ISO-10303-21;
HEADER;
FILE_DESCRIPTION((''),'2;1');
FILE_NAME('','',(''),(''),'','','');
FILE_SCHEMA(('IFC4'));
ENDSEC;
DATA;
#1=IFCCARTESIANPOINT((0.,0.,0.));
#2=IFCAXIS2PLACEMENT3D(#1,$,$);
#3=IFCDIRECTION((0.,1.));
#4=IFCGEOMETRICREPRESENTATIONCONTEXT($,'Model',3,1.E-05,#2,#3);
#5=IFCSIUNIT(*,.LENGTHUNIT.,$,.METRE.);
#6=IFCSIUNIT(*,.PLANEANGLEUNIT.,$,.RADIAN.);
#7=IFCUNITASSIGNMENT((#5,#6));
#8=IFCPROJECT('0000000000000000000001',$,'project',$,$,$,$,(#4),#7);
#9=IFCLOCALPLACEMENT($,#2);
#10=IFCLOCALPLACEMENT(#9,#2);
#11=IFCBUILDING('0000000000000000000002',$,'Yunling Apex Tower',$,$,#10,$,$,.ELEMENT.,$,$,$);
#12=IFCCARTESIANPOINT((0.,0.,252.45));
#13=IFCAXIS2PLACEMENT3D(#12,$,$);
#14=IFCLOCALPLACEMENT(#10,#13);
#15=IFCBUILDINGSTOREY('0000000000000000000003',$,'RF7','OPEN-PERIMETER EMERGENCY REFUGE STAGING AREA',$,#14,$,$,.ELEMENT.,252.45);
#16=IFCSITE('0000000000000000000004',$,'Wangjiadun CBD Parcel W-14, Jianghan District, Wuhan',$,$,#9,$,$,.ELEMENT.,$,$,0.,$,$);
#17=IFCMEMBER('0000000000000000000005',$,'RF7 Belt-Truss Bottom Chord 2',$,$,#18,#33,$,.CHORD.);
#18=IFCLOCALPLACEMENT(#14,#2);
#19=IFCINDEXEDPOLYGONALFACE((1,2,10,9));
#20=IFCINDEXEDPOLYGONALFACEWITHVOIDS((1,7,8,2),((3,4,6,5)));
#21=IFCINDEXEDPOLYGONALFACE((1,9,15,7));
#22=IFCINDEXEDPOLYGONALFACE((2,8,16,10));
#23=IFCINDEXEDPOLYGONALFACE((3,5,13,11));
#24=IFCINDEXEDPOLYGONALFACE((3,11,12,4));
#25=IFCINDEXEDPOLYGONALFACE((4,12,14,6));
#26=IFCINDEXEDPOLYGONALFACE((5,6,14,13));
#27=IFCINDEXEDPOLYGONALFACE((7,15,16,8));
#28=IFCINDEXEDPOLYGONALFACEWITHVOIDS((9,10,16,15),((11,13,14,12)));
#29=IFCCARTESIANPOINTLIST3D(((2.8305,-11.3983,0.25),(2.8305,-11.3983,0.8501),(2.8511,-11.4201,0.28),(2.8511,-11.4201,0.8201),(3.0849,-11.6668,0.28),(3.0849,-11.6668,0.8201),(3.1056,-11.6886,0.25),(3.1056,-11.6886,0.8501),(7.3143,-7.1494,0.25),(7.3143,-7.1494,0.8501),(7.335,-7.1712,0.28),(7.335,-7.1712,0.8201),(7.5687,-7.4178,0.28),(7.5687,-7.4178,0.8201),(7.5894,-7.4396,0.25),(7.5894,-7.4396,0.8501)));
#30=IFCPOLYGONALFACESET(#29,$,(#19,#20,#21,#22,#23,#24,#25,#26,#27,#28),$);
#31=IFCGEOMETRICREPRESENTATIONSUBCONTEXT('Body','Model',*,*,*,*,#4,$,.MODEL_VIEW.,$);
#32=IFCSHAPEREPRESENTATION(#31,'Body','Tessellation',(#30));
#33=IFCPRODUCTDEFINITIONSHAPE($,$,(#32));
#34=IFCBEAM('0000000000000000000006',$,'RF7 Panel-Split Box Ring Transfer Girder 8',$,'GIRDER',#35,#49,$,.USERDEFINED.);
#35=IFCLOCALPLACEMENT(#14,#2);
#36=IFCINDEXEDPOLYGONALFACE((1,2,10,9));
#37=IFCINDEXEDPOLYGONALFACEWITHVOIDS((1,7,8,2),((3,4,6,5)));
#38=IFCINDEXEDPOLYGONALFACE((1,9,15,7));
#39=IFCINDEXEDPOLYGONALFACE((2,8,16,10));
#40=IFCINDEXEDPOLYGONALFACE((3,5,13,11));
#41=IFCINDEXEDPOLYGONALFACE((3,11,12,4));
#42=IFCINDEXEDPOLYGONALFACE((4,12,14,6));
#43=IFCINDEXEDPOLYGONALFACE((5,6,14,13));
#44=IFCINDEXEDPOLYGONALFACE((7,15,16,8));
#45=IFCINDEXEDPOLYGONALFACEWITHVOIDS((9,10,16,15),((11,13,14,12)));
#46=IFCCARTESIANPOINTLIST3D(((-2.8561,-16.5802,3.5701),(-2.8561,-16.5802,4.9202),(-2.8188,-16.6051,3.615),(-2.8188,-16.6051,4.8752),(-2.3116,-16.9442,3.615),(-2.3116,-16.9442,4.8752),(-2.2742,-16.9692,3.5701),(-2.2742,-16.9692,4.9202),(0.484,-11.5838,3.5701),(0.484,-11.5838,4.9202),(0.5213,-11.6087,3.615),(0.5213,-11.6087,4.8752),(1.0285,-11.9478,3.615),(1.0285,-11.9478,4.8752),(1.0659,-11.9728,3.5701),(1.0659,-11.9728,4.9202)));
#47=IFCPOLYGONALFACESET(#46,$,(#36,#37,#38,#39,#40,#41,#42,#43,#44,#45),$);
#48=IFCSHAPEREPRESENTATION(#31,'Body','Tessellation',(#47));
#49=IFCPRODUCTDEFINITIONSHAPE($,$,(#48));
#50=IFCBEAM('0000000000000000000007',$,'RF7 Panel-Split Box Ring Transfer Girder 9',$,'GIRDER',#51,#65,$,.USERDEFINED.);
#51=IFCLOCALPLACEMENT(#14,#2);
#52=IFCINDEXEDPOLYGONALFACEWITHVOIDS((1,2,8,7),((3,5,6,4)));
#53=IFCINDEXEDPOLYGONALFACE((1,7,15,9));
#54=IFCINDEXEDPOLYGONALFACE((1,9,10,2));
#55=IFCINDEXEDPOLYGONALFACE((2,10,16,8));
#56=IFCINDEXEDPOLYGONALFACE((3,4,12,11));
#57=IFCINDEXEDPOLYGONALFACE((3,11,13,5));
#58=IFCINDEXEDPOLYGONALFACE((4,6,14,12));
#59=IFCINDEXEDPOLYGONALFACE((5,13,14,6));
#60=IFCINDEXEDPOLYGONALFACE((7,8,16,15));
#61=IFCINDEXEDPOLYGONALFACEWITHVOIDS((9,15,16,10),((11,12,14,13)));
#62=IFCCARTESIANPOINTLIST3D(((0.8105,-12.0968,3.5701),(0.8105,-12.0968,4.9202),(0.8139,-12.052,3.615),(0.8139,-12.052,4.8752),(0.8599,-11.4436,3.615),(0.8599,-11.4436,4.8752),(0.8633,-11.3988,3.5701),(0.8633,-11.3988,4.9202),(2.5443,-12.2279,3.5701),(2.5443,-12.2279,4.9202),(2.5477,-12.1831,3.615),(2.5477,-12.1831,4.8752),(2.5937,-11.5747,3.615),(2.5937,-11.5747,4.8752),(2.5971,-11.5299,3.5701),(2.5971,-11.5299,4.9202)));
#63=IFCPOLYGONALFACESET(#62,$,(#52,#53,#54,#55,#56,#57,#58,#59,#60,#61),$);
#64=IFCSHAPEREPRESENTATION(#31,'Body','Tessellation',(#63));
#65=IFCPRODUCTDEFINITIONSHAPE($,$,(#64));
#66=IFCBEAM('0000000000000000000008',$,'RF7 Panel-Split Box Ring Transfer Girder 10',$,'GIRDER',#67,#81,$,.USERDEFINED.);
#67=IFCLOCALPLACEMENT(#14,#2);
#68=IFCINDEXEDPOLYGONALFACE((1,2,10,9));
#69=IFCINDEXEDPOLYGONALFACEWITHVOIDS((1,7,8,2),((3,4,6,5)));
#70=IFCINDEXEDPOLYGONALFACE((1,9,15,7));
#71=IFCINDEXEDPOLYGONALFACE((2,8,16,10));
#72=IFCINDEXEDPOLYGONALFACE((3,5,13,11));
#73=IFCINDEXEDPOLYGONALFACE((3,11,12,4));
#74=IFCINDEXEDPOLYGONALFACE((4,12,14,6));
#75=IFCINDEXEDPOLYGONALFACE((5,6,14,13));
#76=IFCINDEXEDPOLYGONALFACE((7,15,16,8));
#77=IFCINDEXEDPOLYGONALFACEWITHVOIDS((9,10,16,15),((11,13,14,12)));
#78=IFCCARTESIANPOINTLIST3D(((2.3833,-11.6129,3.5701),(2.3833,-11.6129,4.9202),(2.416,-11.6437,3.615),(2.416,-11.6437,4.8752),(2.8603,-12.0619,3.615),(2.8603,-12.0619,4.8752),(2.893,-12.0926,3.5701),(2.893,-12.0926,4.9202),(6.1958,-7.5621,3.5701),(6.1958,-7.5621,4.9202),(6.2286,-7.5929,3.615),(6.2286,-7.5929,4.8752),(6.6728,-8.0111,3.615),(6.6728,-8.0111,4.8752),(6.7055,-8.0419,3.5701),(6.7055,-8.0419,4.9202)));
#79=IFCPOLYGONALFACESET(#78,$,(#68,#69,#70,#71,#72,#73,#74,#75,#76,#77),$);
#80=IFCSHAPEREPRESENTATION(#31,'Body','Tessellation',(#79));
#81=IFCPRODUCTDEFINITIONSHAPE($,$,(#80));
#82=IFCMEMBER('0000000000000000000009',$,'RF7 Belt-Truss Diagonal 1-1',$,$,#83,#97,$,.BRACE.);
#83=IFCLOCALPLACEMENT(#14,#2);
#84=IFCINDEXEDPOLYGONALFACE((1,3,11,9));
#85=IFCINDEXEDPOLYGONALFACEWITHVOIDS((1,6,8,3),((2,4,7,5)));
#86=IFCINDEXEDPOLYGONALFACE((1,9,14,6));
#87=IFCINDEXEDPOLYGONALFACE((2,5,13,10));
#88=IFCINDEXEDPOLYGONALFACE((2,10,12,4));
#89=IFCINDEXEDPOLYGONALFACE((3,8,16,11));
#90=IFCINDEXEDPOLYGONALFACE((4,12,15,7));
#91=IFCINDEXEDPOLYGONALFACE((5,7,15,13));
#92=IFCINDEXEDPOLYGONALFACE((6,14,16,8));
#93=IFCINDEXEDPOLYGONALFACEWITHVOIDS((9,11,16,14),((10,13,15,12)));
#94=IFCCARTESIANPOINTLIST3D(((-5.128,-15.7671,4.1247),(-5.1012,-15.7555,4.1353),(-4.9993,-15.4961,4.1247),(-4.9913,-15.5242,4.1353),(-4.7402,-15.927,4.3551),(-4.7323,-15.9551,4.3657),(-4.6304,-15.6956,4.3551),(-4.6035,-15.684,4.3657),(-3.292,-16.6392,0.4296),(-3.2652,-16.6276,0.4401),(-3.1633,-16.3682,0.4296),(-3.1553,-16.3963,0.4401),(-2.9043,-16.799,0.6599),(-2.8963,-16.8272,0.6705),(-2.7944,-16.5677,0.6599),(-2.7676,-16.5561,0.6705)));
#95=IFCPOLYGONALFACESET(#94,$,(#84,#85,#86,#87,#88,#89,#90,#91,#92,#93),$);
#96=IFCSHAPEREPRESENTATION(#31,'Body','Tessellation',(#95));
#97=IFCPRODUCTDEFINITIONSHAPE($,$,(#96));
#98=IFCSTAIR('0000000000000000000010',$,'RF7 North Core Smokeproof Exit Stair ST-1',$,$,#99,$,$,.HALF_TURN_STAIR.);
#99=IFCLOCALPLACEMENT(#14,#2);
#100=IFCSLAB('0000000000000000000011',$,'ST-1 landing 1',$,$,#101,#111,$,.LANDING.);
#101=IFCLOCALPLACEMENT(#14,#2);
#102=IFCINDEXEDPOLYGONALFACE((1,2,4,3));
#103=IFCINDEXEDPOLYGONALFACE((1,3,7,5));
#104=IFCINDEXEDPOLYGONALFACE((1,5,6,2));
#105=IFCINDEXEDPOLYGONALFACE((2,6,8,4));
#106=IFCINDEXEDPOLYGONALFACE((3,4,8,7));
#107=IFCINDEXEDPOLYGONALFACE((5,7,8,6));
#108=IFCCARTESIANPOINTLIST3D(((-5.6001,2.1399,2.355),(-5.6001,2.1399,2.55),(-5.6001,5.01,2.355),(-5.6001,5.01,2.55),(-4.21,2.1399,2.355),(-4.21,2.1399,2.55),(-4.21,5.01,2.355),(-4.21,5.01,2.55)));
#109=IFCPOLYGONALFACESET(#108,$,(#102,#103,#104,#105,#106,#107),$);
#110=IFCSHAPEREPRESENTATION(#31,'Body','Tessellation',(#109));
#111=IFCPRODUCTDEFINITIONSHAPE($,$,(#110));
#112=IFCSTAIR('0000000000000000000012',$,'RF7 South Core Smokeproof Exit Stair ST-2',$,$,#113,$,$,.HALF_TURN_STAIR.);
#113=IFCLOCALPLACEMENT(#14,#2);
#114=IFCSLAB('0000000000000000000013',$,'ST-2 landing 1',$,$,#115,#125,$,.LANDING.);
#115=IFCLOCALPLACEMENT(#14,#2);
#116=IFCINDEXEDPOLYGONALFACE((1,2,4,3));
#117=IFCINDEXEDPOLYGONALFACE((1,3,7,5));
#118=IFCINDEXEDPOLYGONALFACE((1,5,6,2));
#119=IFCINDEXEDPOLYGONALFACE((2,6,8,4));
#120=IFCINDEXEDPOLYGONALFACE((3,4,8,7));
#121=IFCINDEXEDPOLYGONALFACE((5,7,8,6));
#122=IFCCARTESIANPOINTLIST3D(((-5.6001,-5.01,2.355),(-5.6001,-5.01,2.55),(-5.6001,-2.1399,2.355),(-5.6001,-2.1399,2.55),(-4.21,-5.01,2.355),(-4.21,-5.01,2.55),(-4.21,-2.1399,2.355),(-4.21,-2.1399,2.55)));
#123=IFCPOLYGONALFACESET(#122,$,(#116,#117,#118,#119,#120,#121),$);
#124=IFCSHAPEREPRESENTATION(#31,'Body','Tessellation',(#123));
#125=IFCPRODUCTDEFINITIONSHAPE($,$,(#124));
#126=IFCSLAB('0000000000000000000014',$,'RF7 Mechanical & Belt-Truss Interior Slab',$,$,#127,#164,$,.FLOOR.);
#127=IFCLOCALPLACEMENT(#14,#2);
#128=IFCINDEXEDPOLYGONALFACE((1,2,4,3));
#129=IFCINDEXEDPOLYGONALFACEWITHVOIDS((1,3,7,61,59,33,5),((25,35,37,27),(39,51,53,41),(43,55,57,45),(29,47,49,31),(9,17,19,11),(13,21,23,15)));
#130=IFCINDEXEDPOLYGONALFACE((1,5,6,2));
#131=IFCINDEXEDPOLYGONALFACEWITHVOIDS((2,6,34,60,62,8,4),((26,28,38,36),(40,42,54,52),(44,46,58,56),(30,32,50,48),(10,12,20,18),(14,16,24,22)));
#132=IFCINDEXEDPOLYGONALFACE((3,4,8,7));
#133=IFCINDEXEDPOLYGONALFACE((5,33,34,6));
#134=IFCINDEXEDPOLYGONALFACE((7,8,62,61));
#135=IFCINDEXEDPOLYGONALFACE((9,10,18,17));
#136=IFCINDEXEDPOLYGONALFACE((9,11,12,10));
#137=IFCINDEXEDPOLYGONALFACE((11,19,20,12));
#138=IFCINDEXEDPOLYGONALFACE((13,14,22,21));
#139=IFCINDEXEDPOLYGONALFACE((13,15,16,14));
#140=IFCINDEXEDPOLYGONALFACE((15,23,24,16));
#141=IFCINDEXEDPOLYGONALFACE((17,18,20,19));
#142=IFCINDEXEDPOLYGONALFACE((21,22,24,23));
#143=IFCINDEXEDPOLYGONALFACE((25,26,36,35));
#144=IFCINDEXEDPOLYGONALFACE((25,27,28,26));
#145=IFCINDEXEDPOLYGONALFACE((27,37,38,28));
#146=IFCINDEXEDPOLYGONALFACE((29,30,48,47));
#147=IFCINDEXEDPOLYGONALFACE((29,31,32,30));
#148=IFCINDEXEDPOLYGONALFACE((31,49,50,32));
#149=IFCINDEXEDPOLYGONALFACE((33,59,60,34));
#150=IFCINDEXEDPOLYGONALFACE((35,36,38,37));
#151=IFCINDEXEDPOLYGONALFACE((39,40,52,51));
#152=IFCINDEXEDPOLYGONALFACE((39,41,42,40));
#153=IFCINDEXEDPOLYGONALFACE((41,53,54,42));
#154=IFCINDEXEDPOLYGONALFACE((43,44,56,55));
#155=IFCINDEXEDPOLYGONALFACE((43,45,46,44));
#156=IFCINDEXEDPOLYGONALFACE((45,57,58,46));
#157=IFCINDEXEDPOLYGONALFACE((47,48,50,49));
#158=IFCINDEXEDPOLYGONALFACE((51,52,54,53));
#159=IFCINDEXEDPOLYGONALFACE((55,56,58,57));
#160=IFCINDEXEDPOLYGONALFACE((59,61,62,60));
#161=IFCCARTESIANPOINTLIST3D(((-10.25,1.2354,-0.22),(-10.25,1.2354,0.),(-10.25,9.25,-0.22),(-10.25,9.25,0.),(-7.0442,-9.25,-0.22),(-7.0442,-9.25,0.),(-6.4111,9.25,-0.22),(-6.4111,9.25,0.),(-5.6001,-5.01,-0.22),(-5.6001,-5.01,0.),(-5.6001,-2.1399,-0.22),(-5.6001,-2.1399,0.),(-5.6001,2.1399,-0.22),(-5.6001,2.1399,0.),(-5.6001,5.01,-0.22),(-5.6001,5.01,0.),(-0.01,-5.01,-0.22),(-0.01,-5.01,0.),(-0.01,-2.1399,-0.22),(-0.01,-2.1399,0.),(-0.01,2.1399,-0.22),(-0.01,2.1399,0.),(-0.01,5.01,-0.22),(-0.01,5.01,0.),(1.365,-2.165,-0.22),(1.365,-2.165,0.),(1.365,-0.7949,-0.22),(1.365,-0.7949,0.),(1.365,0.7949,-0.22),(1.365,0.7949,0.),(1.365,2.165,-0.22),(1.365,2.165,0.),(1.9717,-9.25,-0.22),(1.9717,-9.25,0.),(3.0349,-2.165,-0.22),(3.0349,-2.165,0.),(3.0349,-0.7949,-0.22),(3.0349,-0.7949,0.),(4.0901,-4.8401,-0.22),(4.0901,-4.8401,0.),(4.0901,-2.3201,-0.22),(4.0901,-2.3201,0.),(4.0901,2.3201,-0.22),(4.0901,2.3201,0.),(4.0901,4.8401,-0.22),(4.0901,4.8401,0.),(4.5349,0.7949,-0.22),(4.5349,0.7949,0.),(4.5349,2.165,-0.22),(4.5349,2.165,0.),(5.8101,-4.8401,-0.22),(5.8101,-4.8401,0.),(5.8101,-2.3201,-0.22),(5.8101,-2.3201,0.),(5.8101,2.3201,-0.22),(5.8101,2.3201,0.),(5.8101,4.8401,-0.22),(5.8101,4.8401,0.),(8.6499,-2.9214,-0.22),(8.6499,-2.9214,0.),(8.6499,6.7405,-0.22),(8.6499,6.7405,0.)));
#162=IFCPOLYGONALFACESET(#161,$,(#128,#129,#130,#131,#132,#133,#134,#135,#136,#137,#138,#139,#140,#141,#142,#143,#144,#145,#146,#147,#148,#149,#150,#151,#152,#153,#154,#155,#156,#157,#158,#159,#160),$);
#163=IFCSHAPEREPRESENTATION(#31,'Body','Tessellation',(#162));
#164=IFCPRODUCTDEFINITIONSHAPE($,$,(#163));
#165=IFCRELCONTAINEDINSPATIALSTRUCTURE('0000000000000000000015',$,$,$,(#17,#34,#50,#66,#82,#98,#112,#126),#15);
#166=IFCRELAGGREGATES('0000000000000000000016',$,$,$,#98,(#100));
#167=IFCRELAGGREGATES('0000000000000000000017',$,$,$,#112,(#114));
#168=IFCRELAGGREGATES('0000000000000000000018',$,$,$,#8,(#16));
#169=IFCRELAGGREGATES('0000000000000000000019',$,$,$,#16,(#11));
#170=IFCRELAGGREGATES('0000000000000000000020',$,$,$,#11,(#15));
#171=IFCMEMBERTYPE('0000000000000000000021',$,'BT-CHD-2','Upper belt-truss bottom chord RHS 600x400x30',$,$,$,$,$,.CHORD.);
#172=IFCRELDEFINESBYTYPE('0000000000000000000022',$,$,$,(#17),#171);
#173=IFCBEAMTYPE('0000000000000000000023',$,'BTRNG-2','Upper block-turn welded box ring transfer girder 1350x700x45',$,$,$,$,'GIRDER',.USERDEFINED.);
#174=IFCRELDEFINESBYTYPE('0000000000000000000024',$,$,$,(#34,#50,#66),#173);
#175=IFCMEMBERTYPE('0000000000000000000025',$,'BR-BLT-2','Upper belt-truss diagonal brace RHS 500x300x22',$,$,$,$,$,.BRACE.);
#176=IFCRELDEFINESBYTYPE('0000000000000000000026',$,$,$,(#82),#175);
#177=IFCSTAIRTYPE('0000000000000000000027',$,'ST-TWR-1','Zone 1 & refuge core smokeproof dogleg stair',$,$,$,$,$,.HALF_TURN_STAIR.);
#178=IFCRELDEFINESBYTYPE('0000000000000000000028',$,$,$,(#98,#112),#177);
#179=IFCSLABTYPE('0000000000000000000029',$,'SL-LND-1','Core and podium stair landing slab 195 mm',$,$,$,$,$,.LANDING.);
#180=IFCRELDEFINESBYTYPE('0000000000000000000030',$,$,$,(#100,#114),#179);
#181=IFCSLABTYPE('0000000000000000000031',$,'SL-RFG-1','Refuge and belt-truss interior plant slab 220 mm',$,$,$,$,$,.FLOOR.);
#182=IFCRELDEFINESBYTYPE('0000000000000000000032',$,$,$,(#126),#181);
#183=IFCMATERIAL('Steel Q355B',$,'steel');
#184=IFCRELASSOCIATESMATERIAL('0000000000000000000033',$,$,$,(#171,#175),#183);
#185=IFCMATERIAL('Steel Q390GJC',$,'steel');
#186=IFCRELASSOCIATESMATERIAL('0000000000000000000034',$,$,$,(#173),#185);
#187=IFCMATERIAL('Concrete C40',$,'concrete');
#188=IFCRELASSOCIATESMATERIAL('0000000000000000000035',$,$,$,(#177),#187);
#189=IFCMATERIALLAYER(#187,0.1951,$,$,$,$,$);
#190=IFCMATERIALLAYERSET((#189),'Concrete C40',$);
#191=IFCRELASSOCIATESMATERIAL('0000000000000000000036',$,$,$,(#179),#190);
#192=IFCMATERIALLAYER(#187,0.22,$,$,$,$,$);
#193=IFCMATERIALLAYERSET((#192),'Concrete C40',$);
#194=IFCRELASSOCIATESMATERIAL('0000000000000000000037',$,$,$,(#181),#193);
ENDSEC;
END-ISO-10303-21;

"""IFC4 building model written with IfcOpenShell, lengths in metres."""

from ifc_helpers import new_model, si_unit, direction, frame, origin, origin_2d, place, context, subcontext, project, spatial, polyline, hollow_rectangle, outline, extrude, source, transform, mapped, material, layer, layer_set, material_profile, profile_set, type_object, element, aggregate, save


model = new_model("IFC4")

# Units and contexts
model_context = context("Model", 3, precision=1e-05, world=origin(), true_north=direction((0.0, 1.0)))
body_context = subcontext(model_context, "Body", "Model", "MODEL_VIEW")
ifc_project = project(units=[si_unit("LENGTHUNIT", "METRE"), si_unit("PLANEANGLEUNIT", "RADIAN")], contexts=[model_context])

# Site, building, storey
site_placement = place(None, origin())
site = spatial("IfcSite", under=ifc_project, at=site_placement, Name="Wangjiadun CBD Parcel W-14, Jianghan District, Wuhan", CompositionType="ELEMENT", RefElevation=0.0)
building_placement = place(site_placement, origin())
building = spatial("IfcBuilding", under=site, at=building_placement, Name="Yunling Apex Tower", CompositionType="ELEMENT")
storey_placement = place(building_placement, frame((0.0, 0.0, 252.45)))
storey = spatial("IfcBuildingStorey", under=building, at=storey_placement, Name="RF7", Description="OPEN-PERIMETER EMERGENCY REFUGE STAGING AREA", CompositionType="ELEMENT", Elevation=252.45)

# Shared definitions
ifc_material_1 = material(Name="Steel Q390GJC", Category="steel")

# Member
ifc_material_2 = material(Name="Steel Q355B", Category="steel")
ifc_material_profile_1 = material_profile(ifc_material_2, hollow_rectangle(XDim=0.3999, YDim=0.6001, WallThickness=0.03, at=origin_2d()))
ifc_profile_set_1 = profile_set([ifc_material_profile_1], Name="Steel Q355B")
member_type_1 = type_object("IfcMemberType", Name="BT-CHD-2", Description="Upper belt-truss bottom chord RHS 600x400x30", PredefinedType="CHORD", material=ifc_profile_set_1)
shared_shape_1 = source(origin(), body_context, "Body", "SweptSolid", [
    extrude(hollow_rectangle(XDim=0.3999, YDim=0.6001, WallThickness=0.03, at=origin_2d()), origin(), (0.0, 0.0, 1.0), 6.1772),
])
member_1_placement = place(storey_placement, frame((2.968, -11.5435, 0.55), z_axis=(0.725861, 0.687841, 0.0), x_axis=(-0.687841, 0.725861, 0.0)))
element("IfcMember", 1, at=member_1_placement, inside=storey, type_object=member_type_1, Name="RF7 Belt-Truss Bottom Chord 2", PredefinedType="CHORD", context=body_context, shape_type="MappedRepresentation", body=[
    mapped(shared_shape_1, transform((0.0, 0.0, 0.0), scale=1.0)),
])

# Beams
ifc_material_profile_2 = material_profile(ifc_material_1, hollow_rectangle(XDim=0.7, YDim=1.3501, WallThickness=0.0449, at=origin_2d()))
ifc_profile_set_2 = profile_set([ifc_material_profile_2], Name="Steel Q390GJC")
beam_type = type_object("IfcBeamType", Name="BTRNG-2", Description="Upper block-turn welded box ring transfer girder 1350x700x45", ElementType="GIRDER", PredefinedType="USERDEFINED", material=ifc_profile_set_2)
shared_shape_2 = source(origin(), body_context, "Body", "SweptSolid", [
    extrude(hollow_rectangle(XDim=0.7, YDim=1.3501, WallThickness=0.0449, at=origin_2d()), origin(), (0.0, 0.0, 1.0), 6.01),
])
beam_1_placement = place(storey_placement, frame((-2.5652, -16.7747, 4.2451), z_axis=(0.555759, 0.831343, 0.0), x_axis=(-0.831343, 0.555759, 0.0)))
element("IfcBeam", 2, at=beam_1_placement, inside=storey, type_object=beam_type, Name="RF7 Panel-Split Box Ring Transfer Girder 8", ObjectType="GIRDER", PredefinedType="USERDEFINED", context=body_context, shape_type="MappedRepresentation", body=[
    mapped(shared_shape_2, transform((0.0, 0.0, 0.0), scale=1.0)),
])
shared_shape_3 = source(origin(), body_context, "Body", "SweptSolid", [
    extrude(hollow_rectangle(XDim=0.7, YDim=1.3501, WallThickness=0.0449, at=origin_2d()), origin(), (0.0, 0.0, 1.0), 1.7388),
])
beam_2_placement = place(storey_placement, frame((0.8369, -11.7478, 4.2451), z_axis=(0.997154, -0.075397, 0.0), x_axis=(0.075397, 0.997154, 0.0)))
element("IfcBeam", 3, at=beam_2_placement, inside=storey, type_object=beam_type, Name="RF7 Panel-Split Box Ring Transfer Girder 9", ObjectType="GIRDER", PredefinedType="USERDEFINED", context=body_context, shape_type="MappedRepresentation", body=[
    mapped(shared_shape_3, transform((0.0, 0.0, 0.0), scale=1.0)),
])
shared_shape_4 = source(origin(), body_context, "Body", "SweptSolid", [
    extrude(hollow_rectangle(XDim=0.7, YDim=1.3501, WallThickness=0.0449, at=origin_2d()), origin(), (0.0, 0.0, 1.0), 5.5627),
])
beam_3_placement = place(storey_placement, frame((2.6382, -11.8528, 4.2451), z_axis=(0.685365, 0.7282, 0.0), x_axis=(-0.7282, 0.685365, 0.0)))
element("IfcBeam", 4, at=beam_3_placement, inside=storey, type_object=beam_type, Name="RF7 Panel-Split Box Ring Transfer Girder 10", ObjectType="GIRDER", PredefinedType="USERDEFINED", context=body_context, shape_type="MappedRepresentation", body=[
    mapped(shared_shape_4, transform((0.0, 0.0, 0.0), scale=1.0)),
])

# Member
ifc_material_profile_3 = material_profile(ifc_material_2, hollow_rectangle(XDim=0.3, YDim=0.5, WallThickness=0.022, at=origin_2d()))
ifc_profile_set_3 = profile_set([ifc_material_profile_3], Name="Steel Q355B")
member_type_2 = type_object("IfcMemberType", Name="BR-BLT-2", Description="Upper belt-truss diagonal brace RHS 500x300x22", PredefinedType="BRACE", material=ifc_profile_set_3)
shared_shape_5 = source(origin(), body_context, "Body", "SweptSolid", [
    extrude(hollow_rectangle(XDim=0.3, YDim=0.5, WallThickness=0.022, at=origin_2d()), origin(), (0.0, 0.0, 1.0), 4.2173),
])
member_2_placement = place(storey_placement, frame((-3.0298, -16.5977, 0.55), z_axis=(-0.435346, 0.206789, 0.876192), x_axis=(-0.429057, -0.903278, 0.0)))
element("IfcMember", 5, at=member_2_placement, inside=storey, type_object=member_type_2, Name="RF7 Belt-Truss Diagonal 1-1", PredefinedType="BRACE", context=body_context, shape_type="MappedRepresentation", body=[
    mapped(shared_shape_5, transform((0.0, 0.0, 0.0), scale=1.0)),
])

# Stairs, slabs
ifc_material_3 = material(Name="Concrete C40", Category="concrete")
stair_type = type_object("IfcStairType", Name="ST-TWR-1", Description="Zone 1 & refuge core smokeproof dogleg stair", PredefinedType="HALF_TURN_STAIR", material=ifc_material_3)
stair_1_placement = place(storey_placement, origin())
stair_1 = element("IfcStair", 6, at=stair_1_placement, inside=storey, type_object=stair_type, Name="RF7 North Core Smokeproof Exit Stair ST-1", PredefinedType="HALF_TURN_STAIR")
ifc_layer_1 = layer(ifc_material_3, 0.1951)
ifc_layer_set_1 = layer_set([ifc_layer_1], Name="Concrete C40")
slab_type_1 = type_object("IfcSlabType", Name="SL-LND-1", Description="Core and podium stair landing slab 195 mm", PredefinedType="LANDING", material=ifc_layer_set_1)
slab_1_placement = place(storey_placement, frame((0.0, 0.0, 2.355)))
slab_1 = element("IfcSlab", 7, at=slab_1_placement, type_object=slab_type_1, Name="ST-1 landing 1", PredefinedType="LANDING", context=body_context, shape_type="SweptSolid", body=[
    extrude(outline(polyline([(-4.21, 5.01), (-5.6001, 5.01), (-5.6001, 2.1399), (-4.21, 2.1399), (-4.21, 5.01)])), origin(), (0.0, 0.0, 1.0), 0.1951),
])
aggregate(stair_1, [slab_1])
stair_2_placement = place(storey_placement, origin())
stair_2 = element("IfcStair", 8, at=stair_2_placement, inside=storey, type_object=stair_type, Name="RF7 South Core Smokeproof Exit Stair ST-2", PredefinedType="HALF_TURN_STAIR")
slab_2_placement = place(storey_placement, frame((0.0, 0.0, 2.355)))
slab_2 = element("IfcSlab", 9, at=slab_2_placement, type_object=slab_type_1, Name="ST-2 landing 1", PredefinedType="LANDING", context=body_context, shape_type="SweptSolid", body=[
    extrude(outline(polyline([(-4.21, -2.1399), (-5.6001, -2.1399), (-5.6001, -5.01), (-4.21, -5.01), (-4.21, -2.1399)])), origin(), (0.0, 0.0, 1.0), 0.1951),
])

# Slab
ifc_layer_2 = layer(ifc_material_3, 0.22)
ifc_layer_set_2 = layer_set([ifc_layer_2], Name="Concrete C40")
slab_type_2 = type_object("IfcSlabType", Name="SL-RFG-1", Description="Refuge and belt-truss interior plant slab 220 mm", PredefinedType="FLOOR", material=ifc_layer_set_2)
slab_3_placement = place(storey_placement, frame((0.0, 0.0, -0.22)))
element("IfcSlab", 10, at=slab_3_placement, inside=storey, type_object=slab_type_2, Name="RF7 Mechanical & Belt-Truss Interior Slab", PredefinedType="FLOOR", context=body_context, shape_type="SweptSolid", body=[
    extrude(outline(polyline([(8.6499, 6.7405), (-6.4111, 9.25), (-10.25, 9.25), (-10.25, 1.2354), (-7.0442, -9.25), (1.9717, -9.25), (8.6499, -2.9214), (8.6499, 6.7405)]), holes=[polyline([(4.0901, 4.8401), (5.8101, 4.8401), (5.8101, 2.3201), (4.0901, 2.3201), (4.0901, 4.8401)]), polyline([(4.0901, -4.8401), (4.0901, -2.3201), (5.8101, -2.3201), (5.8101, -4.8401), (4.0901, -4.8401)]), polyline([(4.5349, 0.7949), (1.365, 0.7949), (1.365, 2.165), (4.5349, 2.165), (4.5349, 0.7949)]), polyline([(1.365, -0.7949), (3.0349, -0.7949), (3.0349, -2.165), (1.365, -2.165), (1.365, -0.7949)]), polyline([(-0.01, -5.01), (-5.6001, -5.01), (-5.6001, -2.1399), (-0.01, -2.1399), (-0.01, -5.01)]), polyline([(-0.01, 2.1399), (-5.6001, 2.1399), (-5.6001, 5.01), (-0.01, 5.01), (-0.01, 2.1399)])]), origin(), (0.0, 0.0, 1.0), 0.22),
])

aggregate(stair_2, [slab_2])

save(model, "model.ifc")
